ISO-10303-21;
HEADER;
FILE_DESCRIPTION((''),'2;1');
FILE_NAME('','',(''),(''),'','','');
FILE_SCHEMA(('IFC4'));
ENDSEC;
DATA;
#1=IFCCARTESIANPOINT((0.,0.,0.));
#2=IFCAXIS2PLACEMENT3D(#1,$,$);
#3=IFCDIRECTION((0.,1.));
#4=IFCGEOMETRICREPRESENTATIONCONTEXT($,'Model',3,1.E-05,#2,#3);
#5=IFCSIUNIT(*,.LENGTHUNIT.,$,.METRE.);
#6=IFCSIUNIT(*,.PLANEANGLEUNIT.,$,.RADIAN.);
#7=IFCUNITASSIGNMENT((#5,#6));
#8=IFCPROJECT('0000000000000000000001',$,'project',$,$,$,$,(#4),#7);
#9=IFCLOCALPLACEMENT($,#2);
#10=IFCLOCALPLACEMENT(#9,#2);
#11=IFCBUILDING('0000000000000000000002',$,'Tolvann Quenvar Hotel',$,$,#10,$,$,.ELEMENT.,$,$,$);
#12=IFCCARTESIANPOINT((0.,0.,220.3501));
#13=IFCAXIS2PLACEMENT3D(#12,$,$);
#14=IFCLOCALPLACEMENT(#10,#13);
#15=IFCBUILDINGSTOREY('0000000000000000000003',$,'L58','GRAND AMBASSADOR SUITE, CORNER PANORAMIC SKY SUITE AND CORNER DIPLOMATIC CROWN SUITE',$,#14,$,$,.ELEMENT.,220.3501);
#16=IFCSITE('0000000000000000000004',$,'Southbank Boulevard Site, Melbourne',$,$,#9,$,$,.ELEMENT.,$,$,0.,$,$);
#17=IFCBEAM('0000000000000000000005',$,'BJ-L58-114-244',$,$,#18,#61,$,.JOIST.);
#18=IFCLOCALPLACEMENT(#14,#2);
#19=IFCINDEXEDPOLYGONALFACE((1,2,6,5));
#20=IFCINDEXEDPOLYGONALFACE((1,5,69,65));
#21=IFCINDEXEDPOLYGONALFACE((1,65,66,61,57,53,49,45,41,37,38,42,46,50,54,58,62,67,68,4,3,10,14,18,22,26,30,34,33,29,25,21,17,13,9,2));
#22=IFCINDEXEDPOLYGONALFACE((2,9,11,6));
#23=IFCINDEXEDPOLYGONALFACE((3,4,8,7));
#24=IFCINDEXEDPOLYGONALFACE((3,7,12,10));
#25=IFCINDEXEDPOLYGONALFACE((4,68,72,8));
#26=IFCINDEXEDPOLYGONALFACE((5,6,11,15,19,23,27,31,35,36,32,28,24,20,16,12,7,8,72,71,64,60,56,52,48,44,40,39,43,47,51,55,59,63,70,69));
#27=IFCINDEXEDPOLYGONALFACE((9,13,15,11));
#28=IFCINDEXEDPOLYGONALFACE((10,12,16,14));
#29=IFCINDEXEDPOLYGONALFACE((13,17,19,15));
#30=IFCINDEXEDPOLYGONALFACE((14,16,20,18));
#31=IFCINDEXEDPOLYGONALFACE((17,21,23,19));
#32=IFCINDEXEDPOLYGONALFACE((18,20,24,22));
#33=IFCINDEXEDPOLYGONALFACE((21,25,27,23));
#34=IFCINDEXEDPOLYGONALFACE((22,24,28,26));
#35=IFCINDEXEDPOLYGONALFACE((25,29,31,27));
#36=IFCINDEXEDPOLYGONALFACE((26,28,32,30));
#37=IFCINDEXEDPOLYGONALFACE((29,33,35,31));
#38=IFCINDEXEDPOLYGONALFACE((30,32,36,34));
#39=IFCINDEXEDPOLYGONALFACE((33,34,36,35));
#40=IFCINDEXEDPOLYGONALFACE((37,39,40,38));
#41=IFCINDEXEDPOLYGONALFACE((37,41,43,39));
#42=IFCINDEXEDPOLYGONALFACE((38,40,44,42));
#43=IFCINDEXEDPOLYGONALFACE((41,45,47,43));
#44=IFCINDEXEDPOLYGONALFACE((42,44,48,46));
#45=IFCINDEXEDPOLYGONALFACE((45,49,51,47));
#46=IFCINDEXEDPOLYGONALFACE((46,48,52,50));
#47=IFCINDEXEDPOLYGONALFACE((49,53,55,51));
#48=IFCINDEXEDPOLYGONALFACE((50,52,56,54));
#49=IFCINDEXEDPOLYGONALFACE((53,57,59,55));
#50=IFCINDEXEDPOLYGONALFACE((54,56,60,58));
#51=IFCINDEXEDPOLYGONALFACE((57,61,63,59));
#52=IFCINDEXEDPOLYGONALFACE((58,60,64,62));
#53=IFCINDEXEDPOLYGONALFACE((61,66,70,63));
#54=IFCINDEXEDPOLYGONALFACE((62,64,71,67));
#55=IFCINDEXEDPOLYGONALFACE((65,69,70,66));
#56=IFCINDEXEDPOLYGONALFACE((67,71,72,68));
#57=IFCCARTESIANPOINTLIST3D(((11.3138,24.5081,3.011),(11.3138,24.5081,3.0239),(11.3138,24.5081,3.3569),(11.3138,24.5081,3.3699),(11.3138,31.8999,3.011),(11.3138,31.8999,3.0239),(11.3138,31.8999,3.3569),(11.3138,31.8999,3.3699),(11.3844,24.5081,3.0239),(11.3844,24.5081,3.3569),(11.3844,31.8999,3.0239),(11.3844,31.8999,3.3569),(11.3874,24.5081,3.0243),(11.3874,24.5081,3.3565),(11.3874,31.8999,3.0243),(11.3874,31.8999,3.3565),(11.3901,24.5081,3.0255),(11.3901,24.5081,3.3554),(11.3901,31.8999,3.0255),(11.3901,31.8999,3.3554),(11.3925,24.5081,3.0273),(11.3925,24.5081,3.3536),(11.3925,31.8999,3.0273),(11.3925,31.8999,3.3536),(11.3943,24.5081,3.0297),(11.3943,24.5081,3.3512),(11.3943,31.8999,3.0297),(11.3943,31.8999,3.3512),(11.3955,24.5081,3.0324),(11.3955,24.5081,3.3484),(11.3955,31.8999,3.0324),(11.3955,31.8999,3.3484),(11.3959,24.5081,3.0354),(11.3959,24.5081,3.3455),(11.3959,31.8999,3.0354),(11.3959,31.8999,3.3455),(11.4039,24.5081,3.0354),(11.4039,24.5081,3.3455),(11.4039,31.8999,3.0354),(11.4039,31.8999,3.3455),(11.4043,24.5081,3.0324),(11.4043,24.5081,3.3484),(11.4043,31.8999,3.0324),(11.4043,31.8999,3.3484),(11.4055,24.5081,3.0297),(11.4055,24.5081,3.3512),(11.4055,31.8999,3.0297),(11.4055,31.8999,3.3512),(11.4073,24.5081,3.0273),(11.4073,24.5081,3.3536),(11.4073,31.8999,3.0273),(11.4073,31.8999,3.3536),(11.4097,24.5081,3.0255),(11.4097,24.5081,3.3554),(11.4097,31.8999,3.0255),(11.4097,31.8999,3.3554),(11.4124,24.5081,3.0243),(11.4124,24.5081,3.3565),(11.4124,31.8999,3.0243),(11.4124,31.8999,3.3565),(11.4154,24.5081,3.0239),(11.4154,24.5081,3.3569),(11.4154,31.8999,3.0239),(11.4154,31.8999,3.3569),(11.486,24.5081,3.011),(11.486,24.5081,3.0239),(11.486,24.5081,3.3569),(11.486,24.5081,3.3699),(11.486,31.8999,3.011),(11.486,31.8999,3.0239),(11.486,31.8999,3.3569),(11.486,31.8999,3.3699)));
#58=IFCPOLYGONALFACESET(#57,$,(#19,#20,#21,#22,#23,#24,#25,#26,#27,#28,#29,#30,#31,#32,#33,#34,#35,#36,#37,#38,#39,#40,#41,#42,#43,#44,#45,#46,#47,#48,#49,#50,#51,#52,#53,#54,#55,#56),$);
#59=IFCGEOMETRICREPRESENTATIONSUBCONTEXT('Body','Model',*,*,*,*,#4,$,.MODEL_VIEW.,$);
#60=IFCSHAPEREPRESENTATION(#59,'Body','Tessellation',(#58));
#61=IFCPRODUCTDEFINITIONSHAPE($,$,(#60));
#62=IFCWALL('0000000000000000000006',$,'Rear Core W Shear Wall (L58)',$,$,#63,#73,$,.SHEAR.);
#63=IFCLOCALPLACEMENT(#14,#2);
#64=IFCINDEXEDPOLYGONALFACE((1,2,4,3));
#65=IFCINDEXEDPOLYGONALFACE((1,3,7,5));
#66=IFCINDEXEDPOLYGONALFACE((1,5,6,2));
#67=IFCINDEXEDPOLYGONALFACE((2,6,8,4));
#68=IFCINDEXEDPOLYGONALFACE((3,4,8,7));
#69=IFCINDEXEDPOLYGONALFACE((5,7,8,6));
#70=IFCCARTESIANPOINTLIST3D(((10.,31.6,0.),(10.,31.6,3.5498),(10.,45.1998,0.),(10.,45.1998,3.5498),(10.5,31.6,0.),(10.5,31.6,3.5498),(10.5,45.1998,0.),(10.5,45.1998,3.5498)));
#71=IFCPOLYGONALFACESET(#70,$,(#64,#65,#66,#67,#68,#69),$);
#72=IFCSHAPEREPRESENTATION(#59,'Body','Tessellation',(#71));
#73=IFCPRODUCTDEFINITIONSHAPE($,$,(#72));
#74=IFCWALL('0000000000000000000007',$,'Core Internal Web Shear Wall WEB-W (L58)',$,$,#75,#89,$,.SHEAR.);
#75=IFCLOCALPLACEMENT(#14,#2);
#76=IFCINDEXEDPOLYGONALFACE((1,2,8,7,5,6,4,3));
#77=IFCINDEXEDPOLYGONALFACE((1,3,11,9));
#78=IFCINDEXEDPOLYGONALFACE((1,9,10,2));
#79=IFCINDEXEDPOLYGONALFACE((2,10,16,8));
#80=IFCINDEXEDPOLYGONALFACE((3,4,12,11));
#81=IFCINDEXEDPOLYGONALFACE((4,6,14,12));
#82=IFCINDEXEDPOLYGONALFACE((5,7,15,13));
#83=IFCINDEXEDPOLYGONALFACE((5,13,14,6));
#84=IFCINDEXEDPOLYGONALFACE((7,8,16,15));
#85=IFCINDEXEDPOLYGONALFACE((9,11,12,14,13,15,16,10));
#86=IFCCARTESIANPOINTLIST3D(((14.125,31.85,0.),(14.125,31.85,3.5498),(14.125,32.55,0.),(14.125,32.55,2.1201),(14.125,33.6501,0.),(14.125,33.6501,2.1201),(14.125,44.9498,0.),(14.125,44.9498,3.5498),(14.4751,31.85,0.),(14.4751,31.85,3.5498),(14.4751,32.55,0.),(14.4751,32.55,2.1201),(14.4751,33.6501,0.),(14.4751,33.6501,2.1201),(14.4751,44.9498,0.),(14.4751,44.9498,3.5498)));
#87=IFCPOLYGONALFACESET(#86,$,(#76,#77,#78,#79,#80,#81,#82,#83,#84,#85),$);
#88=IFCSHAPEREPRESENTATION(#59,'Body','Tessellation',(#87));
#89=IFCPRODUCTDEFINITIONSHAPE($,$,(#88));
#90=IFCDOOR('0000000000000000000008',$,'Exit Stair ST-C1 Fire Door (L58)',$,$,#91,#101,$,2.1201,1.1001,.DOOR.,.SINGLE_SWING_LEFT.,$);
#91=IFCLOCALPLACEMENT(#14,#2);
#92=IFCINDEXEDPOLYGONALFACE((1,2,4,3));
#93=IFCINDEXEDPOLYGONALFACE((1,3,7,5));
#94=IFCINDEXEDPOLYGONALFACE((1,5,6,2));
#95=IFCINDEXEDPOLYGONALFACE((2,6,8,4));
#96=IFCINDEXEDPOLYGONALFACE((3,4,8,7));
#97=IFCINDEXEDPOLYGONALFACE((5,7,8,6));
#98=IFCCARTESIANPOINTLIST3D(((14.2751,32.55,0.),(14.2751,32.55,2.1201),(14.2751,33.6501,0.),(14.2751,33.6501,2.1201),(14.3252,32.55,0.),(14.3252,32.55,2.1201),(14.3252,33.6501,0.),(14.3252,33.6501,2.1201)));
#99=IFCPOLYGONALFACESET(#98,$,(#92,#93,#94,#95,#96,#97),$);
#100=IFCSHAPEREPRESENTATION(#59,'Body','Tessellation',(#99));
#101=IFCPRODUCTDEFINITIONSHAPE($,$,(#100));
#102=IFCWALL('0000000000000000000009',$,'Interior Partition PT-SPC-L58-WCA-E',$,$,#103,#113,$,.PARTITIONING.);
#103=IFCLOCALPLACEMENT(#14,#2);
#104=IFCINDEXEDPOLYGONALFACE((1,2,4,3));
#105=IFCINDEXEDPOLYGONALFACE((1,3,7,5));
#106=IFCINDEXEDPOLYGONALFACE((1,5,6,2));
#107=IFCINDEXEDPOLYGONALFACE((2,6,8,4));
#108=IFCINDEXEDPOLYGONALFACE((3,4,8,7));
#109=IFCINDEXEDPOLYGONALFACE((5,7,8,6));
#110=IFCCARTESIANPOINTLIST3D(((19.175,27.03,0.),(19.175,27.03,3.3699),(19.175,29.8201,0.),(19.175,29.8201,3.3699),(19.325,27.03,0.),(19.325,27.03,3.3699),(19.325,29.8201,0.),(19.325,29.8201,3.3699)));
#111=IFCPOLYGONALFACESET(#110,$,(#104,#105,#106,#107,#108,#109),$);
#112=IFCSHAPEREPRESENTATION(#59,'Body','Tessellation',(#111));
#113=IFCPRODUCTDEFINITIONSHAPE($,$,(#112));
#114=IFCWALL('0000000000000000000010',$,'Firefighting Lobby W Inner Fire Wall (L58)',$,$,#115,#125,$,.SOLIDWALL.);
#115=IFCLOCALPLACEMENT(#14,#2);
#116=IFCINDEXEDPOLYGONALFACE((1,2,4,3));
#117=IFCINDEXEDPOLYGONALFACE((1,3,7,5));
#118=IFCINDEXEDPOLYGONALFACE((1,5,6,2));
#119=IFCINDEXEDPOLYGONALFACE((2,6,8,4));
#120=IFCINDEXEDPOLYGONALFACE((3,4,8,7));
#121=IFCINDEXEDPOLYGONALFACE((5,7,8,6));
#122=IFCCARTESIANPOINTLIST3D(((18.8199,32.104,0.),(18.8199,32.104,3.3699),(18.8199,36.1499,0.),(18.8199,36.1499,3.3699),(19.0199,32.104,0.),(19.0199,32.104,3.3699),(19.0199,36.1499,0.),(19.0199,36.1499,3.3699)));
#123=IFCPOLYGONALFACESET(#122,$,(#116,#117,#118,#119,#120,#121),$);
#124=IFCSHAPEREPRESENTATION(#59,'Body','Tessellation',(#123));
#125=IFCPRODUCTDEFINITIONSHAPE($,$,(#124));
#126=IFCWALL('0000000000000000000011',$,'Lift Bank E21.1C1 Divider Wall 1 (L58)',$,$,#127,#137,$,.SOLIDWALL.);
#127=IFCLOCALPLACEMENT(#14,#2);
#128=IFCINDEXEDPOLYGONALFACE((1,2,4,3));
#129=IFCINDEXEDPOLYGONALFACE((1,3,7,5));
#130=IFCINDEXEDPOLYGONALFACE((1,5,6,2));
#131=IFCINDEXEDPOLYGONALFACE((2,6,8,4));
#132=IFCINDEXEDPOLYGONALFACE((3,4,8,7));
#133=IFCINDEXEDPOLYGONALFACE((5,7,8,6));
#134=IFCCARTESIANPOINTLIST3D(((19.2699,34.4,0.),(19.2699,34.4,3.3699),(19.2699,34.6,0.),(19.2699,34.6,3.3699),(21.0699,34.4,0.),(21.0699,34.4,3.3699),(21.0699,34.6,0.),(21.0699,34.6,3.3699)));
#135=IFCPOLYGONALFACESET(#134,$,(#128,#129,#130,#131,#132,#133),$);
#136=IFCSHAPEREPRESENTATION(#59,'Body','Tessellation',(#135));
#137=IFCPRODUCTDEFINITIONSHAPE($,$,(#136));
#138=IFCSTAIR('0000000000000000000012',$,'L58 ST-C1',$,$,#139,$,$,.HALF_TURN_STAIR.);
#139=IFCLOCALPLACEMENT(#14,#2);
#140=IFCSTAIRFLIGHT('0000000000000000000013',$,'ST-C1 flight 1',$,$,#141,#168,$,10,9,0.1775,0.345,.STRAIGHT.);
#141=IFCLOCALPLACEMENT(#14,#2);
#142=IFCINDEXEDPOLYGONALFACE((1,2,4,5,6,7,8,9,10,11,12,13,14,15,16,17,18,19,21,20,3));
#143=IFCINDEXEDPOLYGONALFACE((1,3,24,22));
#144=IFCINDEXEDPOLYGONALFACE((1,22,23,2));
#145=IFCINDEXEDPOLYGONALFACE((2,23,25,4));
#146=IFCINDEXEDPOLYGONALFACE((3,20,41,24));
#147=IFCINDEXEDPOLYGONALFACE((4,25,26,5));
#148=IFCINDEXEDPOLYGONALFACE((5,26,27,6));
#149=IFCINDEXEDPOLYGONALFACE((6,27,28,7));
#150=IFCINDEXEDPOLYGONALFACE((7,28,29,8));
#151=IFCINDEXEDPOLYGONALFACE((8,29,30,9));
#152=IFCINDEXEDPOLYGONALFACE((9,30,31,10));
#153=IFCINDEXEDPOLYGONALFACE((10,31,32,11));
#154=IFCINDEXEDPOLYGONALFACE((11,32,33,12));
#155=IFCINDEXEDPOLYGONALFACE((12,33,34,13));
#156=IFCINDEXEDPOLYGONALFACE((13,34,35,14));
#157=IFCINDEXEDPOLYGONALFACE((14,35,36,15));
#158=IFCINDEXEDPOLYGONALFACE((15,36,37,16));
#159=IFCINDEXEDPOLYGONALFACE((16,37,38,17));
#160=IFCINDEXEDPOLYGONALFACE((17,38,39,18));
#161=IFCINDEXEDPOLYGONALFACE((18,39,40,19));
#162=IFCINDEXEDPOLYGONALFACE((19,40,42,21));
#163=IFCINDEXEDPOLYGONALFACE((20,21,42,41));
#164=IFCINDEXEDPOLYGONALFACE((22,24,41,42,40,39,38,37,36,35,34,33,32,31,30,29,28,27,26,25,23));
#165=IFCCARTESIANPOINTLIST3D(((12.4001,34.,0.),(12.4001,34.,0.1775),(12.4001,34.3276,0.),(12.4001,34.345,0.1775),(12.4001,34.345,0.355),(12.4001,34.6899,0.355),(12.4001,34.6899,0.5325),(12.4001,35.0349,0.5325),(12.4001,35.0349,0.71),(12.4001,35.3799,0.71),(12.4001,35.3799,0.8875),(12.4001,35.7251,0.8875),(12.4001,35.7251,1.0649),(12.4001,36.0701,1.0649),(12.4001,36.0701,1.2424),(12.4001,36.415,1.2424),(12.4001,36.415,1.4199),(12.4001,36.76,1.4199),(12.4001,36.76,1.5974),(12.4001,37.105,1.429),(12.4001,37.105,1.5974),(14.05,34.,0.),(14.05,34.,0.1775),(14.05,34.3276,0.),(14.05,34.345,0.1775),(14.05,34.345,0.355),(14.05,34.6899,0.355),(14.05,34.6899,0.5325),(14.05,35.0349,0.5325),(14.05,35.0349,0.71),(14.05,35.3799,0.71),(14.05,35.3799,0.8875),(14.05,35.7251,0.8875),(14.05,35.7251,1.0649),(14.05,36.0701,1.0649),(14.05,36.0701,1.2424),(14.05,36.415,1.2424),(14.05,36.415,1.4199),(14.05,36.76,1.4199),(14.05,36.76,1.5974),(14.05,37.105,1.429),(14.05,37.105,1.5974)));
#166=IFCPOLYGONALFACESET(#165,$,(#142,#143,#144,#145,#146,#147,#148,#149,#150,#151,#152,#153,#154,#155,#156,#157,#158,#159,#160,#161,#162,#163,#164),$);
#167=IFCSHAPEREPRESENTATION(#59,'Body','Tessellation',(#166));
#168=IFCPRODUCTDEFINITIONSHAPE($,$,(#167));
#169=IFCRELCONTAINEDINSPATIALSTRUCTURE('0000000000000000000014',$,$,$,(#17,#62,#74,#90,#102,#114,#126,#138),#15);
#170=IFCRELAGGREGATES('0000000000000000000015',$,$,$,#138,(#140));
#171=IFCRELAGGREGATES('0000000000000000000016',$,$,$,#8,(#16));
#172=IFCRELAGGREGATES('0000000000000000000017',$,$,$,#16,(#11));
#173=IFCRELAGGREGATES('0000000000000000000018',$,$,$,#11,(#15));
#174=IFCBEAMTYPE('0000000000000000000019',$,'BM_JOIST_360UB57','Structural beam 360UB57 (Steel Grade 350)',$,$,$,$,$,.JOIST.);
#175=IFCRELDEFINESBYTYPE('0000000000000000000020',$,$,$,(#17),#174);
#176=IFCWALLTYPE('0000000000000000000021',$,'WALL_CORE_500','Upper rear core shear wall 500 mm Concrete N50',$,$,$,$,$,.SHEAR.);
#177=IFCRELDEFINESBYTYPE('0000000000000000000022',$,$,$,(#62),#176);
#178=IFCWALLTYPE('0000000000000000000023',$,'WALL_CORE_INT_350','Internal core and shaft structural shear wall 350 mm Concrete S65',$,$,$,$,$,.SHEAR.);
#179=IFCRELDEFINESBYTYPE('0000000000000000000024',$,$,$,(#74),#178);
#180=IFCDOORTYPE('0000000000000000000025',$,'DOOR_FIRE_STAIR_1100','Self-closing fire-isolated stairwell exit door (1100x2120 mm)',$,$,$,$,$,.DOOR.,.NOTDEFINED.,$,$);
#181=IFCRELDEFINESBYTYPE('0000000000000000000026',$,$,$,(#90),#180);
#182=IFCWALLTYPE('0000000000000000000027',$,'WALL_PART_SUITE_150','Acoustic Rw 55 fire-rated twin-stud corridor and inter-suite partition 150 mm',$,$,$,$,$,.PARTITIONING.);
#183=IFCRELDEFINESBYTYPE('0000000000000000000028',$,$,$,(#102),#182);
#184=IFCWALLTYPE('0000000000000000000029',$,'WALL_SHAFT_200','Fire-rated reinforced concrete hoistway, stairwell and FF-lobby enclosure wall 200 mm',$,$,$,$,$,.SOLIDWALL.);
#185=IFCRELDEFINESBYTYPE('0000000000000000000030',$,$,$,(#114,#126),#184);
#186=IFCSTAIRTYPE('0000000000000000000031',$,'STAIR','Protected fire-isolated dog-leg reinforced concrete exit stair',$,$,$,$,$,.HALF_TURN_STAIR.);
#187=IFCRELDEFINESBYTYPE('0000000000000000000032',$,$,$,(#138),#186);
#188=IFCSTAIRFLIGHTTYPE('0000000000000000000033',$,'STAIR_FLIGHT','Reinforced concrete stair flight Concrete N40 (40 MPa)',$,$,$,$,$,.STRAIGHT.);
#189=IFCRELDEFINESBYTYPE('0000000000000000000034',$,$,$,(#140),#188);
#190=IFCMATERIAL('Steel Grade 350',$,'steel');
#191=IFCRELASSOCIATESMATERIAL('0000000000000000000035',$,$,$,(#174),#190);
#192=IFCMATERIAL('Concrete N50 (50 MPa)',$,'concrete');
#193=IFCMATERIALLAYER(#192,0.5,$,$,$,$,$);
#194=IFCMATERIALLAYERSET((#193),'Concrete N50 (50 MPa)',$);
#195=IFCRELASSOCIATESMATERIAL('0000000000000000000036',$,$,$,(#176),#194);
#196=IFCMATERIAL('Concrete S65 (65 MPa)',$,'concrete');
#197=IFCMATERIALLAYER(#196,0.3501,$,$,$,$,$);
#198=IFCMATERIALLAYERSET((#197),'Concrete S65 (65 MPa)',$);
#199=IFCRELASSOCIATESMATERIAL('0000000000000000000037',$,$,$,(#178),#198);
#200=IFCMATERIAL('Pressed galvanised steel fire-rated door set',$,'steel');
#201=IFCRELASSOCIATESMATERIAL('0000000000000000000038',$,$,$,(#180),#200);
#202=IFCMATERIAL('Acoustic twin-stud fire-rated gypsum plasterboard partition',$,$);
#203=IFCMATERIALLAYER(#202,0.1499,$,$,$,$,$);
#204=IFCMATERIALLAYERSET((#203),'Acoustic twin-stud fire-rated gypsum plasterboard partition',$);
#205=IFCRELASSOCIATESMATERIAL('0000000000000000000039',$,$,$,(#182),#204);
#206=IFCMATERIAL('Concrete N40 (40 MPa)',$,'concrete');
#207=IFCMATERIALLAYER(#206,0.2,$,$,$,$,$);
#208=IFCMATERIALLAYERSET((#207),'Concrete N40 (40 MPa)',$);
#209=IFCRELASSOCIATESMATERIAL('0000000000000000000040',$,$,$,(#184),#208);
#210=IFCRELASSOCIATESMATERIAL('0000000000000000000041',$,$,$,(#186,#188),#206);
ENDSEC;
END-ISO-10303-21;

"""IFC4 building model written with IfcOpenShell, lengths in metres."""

from ifc_helpers import new_model, si_unit, direction, frame, frame_2d, origin, origin_2d, place, context, subcontext, project, spatial, polyline, rectangle, i_section, outline, extrude, source, transform, mapped, material, layer, layer_set, material_profile, profile_set, type_object, type_shapes, element, fill, aggregate, save


model = new_model("IFC4")

# Units and contexts
model_context = context("Model", 3, precision=1e-05, world=origin(), true_north=direction((0.0, 1.0)))
body_context = subcontext(model_context, "Body", "Model", "MODEL_VIEW")
ifc_project = project(units=[si_unit("LENGTHUNIT", "METRE"), si_unit("PLANEANGLEUNIT", "RADIAN")], contexts=[model_context])

# Site, building, storey
site_placement = place(None, origin())
site = spatial("IfcSite", under=ifc_project, at=site_placement, Name="Southbank Boulevard Site, Melbourne", CompositionType="ELEMENT", RefElevation=0.0)
building_placement = place(site_placement, origin())
building = spatial("IfcBuilding", under=site, at=building_placement, Name="Tolvann Quenvar Hotel", CompositionType="ELEMENT")
storey_placement = place(building_placement, frame((0.0, 0.0, 220.3501)))
storey = spatial("IfcBuildingStorey", under=building, at=storey_placement, Name="L58", Description="GRAND AMBASSADOR SUITE, CORNER PANORAMIC SKY SUITE AND CORNER DIPLOMATIC CROWN SUITE", CompositionType="ELEMENT", Elevation=220.3501)

# Beam
ifc_material_1 = material(Name="Concrete N50 (50 MPa)", Category="concrete")
ifc_material_2 = material(Name="Steel Grade 350", Category="steel")
ifc_material_profile_1 = material_profile(ifc_material_2, i_section(OverallWidth=0.1721, OverallDepth=0.3589, WebThickness=0.0081, FlangeThickness=0.0129, FilletRadius=0.0115, at=origin_2d()), Name="360UB57")
ifc_profile_set_1 = profile_set([ifc_material_profile_1], Name="Steel Grade 350")
beam_type_1 = type_object("IfcBeamType", Name="BM_JOIST_360UB57", Description="Structural beam 360UB57 (Steel Grade 350)", PredefinedType="JOIST", material=ifc_profile_set_1)
shared_shape_1 = source(origin(), body_context, "Body", "SweptSolid", [
    extrude(i_section(OverallWidth=0.1721, OverallDepth=0.3589, WebThickness=0.0081, FlangeThickness=0.0129, FilletRadius=0.0115, at=origin_2d()), origin(), (0.0, 0.0, 1.0), 7.3918),
])
type_shapes(beam_type_1, [shared_shape_1])
beam_1_placement = place(storey_placement, frame((11.3999, 24.5081, 3.1904), z_axis=(0.0, 1.0, 0.0), x_axis=(-1.0, 0.0, 0.0)))
element("IfcBeam", 1, at=beam_1_placement, inside=storey, type_object=beam_type_1, Name="BJ-L58-114-244", PredefinedType="JOIST", context=body_context, shape_type="MappedRepresentation", body=[
    mapped(shared_shape_1, transform((0.0, 0.0, 0.0), x_axis=(1.0, 0.0, 0.0), y_axis=(0.0, 1.0, 0.0), z_axis=(0.0, 0.0, 1.0), scale=1.0)),
])

# Wall
ifc_layer_1 = layer(ifc_material_1, 0.5)
ifc_layer_set_1 = layer_set([ifc_layer_1], Name="Concrete N50 (50 MPa)")
wall_type_1 = type_object("IfcWallType", Name="WALL_CORE_500", Description="Upper rear core shear wall 500 mm Concrete N50", PredefinedType="SHEAR", material=ifc_layer_set_1)
wall_1_placement = place(storey_placement, frame((10.25, 31.6001, 0.0), z_axis=(0.0, 0.0, 1.0), x_axis=(0.0, 1.0, 0.0)))
element("IfcWall", 2, at=wall_1_placement, inside=storey, type_object=wall_type_1, Name="Rear Core W Shear Wall (L58)", PredefinedType="SHEAR", context=body_context, shape_type="SweptSolid", body=[
    extrude(rectangle(XDim=13.5999, YDim=0.5, at=frame_2d((6.7998, 0.0))), origin(), (0.0, 0.0, 1.0), 3.5498),
])

# Wall, opening, door
ifc_material_3 = material(Name="Concrete S65 (65 MPa)", Category="concrete")
ifc_layer_2 = layer(ifc_material_3, 0.3501)
ifc_layer_set_2 = layer_set([ifc_layer_2], Name="Concrete S65 (65 MPa)")
wall_type_2 = type_object("IfcWallType", Name="WALL_CORE_INT_350", Description="Internal core and shaft structural shear wall 350 mm Concrete S65", PredefinedType="SHEAR", material=ifc_layer_set_2)
wall_2_placement = place(storey_placement, frame((14.3, 31.8501, 0.0), z_axis=(0.0, 0.0, 1.0), x_axis=(0.0, 1.0, 0.0)))
wall_2 = element("IfcWall", 3, at=wall_2_placement, inside=storey, type_object=wall_type_2, Name="Core Internal Web Shear Wall WEB-W (L58)", PredefinedType="SHEAR", context=body_context, shape_type="SweptSolid", body=[
    extrude(rectangle(XDim=13.0999, YDim=0.3501, at=frame_2d((6.5498, 0.0))), origin(), (0.0, 0.0, 1.0), 3.5498),
])
opening_1_placement = place(wall_2_placement, frame((0.7, 0.0, 0.0)))
opening_1 = element("IfcOpeningElement", 4, at=opening_1_placement, cuts=wall_2, PredefinedType="OPENING", context=body_context, shape_type="SweptSolid", body=[
    extrude(rectangle(XDim=1.1001, YDim=2.1201, at=frame_2d((0.55, 1.0601))), frame((0.0, 0.1851, 0.0), z_axis=(0.0, -1.0, 0.0), x_axis=(1.0, 0.0, 0.0)), (0.0, 0.0, 1.0), 0.3701),
])
ifc_material_4 = material(Name="Pressed galvanised steel fire-rated door set", Category="steel")
door_type_1 = type_object("IfcDoorType", Name="DOOR_FIRE_STAIR_1100", Description="Self-closing fire-isolated stairwell exit door (1100x2120 mm)", OperationType="NOTDEFINED", PredefinedType="DOOR", material=ifc_material_4)
shared_shape_2 = source(origin(), body_context, "Body", "SweptSolid", [
    extrude(rectangle(XDim=1.1001, YDim=2.1201, at=frame_2d((0.55, 1.0601))), frame((0.0, 0.0249, 0.0), z_axis=(0.0, -1.0, 0.0), x_axis=(1.0, 0.0, 0.0)), (0.0, 0.0, 1.0), 0.05),
])
type_shapes(door_type_1, [shared_shape_2])
door_1_placement = place(opening_1_placement, origin())
door_1 = element("IfcDoor", 5, at=door_1_placement, inside=storey, type_object=door_type_1, Name="Exit Stair ST-C1 Fire Door (L58)", OperationType="SINGLE_SWING_LEFT", OverallHeight=2.1201, OverallWidth=1.1001, PredefinedType="DOOR", context=body_context, shape_type="MappedRepresentation", body=[
    mapped(shared_shape_2, transform((0.0, 0.0, 0.0), x_axis=(1.0, 0.0, 0.0), y_axis=(0.0, 1.0, 0.0), z_axis=(0.0, 0.0, 1.0), scale=1.0)),
])
fill(opening_1, door_1)

# Walls
ifc_material_5 = material(Name="Acoustic twin-stud fire-rated gypsum plasterboard partition")
ifc_layer_3 = layer(ifc_material_5, 0.1499)
ifc_layer_set_3 = layer_set([ifc_layer_3], Name="Acoustic twin-stud fire-rated gypsum plasterboard partition")
wall_type_3 = type_object("IfcWallType", Name="WALL_PART_SUITE_150", Description="Acoustic Rw 55 fire-rated twin-stud corridor and inter-suite partition 150 mm", PredefinedType="PARTITIONING", material=ifc_layer_set_3)
wall_3_placement = place(storey_placement, frame((19.25, 27.03, 0.0), z_axis=(0.0, 0.0, 1.0), x_axis=(0.0, 1.0, 0.0)))
element("IfcWall", 6, at=wall_3_placement, inside=storey, type_object=wall_type_3, Name="Interior Partition PT-SPC-L58-WCA-E", PredefinedType="PARTITIONING", context=body_context, shape_type="SweptSolid", body=[
    extrude(rectangle(XDim=2.79, YDim=0.1499, at=frame_2d((1.395, 0.0))), origin(), (0.0, 0.0, 1.0), 3.3699),
])
ifc_material_6 = material(Name="Concrete N40 (40 MPa)", Category="concrete")
ifc_layer_4 = layer(ifc_material_6, 0.2)
ifc_layer_set_4 = layer_set([ifc_layer_4], Name="Concrete N40 (40 MPa)")
wall_type_4 = type_object("IfcWallType", Name="WALL_SHAFT_200", Description="Fire-rated reinforced concrete hoistway, stairwell and FF-lobby enclosure wall 200 mm", PredefinedType="SOLIDWALL", material=ifc_layer_set_4)
wall_4_placement = place(storey_placement, frame((18.9199, 32.104, 0.0), z_axis=(0.0, 0.0, 1.0), x_axis=(0.0, 1.0, 0.0)))
element("IfcWall", 7, at=wall_4_placement, inside=storey, type_object=wall_type_4, Name="Firefighting Lobby W Inner Fire Wall (L58)", PredefinedType="SOLIDWALL", context=body_context, shape_type="SweptSolid", body=[
    extrude(rectangle(XDim=4.0459, YDim=0.2, at=frame_2d((2.0229, 0.0))), origin(), (0.0, 0.0, 1.0), 3.3699),
])

# Wall
wall_5_placement = place(storey_placement, frame((19.27, 34.5, 0.0), z_axis=(0.0, 0.0, 1.0), x_axis=(1.0, 0.0, 0.0)))
element("IfcWall", 8, at=wall_5_placement, inside=storey, type_object=wall_type_4, Name="Lift Bank E21.1C1 Divider Wall 1 (L58)", PredefinedType="SOLIDWALL", context=body_context, shape_type="SweptSolid", body=[
    extrude(rectangle(XDim=1.8, YDim=0.2, at=frame_2d((0.8999, 0.0))), origin(), (0.0, 0.0, 1.0), 3.3699),
])

# Stair, stair flight
stair_type = type_object("IfcStairType", Name="STAIR", Description="Protected fire-isolated dog-leg reinforced concrete exit stair", PredefinedType="HALF_TURN_STAIR", material=ifc_material_6)
stair_placement = place(storey_placement, origin())
stair = element("IfcStair", 9, at=stair_placement, inside=storey, type_object=stair_type, Name="L58 ST-C1", PredefinedType="HALF_TURN_STAIR")
stair_flight_type = type_object("IfcStairFlightType", Name="STAIR_FLIGHT", Description="Reinforced concrete stair flight Concrete N40 (40 MPa)", PredefinedType="STRAIGHT", material=ifc_material_6)
stair_flight_placement = place(storey_placement, frame((13.2251, 34.0, 0.0), z_axis=(0.0, 0.0, 1.0), x_axis=(0.0, 1.0, 0.0)))
stair_flight = element("IfcStairFlight", 10, at=stair_flight_placement, type_object=stair_flight_type, Name="ST-C1 flight 1", NumberOfRisers=10, NumberOfTreads=9, PredefinedType="STRAIGHT", RiserHeight=0.1775, TreadLength=0.345, context=body_context, shape_type="SweptSolid", body=[
    extrude(outline(polyline([(0.0, 0.0), (0.0, 0.1775), (0.345, 0.1775), (0.345, 0.355), (0.6899, 0.355), (0.6899, 0.5325), (1.0349, 0.5325), (1.0349, 0.71), (1.3799, 0.71), (1.3799, 0.8875), (1.7251, 0.8875), (1.7251, 1.0649), (2.0701, 1.0649), (2.0701, 1.2424), (2.415, 1.2424), (2.415, 1.4199), (2.76, 1.4199), (2.76, 1.5974), (3.105, 1.5974), (3.105, 1.7749), (3.105, 1.429), (0.3276, 0.0), (0.0, 0.0)])), frame((0.0, 0.825, 0.0), z_axis=(0.0, -1.0, 0.0), x_axis=(1.0, 0.0, 0.0)), (0.0, 0.0, 1.0), 1.6499),
])
aggregate(stair, [stair_flight])

save(model, "model.ifc")
